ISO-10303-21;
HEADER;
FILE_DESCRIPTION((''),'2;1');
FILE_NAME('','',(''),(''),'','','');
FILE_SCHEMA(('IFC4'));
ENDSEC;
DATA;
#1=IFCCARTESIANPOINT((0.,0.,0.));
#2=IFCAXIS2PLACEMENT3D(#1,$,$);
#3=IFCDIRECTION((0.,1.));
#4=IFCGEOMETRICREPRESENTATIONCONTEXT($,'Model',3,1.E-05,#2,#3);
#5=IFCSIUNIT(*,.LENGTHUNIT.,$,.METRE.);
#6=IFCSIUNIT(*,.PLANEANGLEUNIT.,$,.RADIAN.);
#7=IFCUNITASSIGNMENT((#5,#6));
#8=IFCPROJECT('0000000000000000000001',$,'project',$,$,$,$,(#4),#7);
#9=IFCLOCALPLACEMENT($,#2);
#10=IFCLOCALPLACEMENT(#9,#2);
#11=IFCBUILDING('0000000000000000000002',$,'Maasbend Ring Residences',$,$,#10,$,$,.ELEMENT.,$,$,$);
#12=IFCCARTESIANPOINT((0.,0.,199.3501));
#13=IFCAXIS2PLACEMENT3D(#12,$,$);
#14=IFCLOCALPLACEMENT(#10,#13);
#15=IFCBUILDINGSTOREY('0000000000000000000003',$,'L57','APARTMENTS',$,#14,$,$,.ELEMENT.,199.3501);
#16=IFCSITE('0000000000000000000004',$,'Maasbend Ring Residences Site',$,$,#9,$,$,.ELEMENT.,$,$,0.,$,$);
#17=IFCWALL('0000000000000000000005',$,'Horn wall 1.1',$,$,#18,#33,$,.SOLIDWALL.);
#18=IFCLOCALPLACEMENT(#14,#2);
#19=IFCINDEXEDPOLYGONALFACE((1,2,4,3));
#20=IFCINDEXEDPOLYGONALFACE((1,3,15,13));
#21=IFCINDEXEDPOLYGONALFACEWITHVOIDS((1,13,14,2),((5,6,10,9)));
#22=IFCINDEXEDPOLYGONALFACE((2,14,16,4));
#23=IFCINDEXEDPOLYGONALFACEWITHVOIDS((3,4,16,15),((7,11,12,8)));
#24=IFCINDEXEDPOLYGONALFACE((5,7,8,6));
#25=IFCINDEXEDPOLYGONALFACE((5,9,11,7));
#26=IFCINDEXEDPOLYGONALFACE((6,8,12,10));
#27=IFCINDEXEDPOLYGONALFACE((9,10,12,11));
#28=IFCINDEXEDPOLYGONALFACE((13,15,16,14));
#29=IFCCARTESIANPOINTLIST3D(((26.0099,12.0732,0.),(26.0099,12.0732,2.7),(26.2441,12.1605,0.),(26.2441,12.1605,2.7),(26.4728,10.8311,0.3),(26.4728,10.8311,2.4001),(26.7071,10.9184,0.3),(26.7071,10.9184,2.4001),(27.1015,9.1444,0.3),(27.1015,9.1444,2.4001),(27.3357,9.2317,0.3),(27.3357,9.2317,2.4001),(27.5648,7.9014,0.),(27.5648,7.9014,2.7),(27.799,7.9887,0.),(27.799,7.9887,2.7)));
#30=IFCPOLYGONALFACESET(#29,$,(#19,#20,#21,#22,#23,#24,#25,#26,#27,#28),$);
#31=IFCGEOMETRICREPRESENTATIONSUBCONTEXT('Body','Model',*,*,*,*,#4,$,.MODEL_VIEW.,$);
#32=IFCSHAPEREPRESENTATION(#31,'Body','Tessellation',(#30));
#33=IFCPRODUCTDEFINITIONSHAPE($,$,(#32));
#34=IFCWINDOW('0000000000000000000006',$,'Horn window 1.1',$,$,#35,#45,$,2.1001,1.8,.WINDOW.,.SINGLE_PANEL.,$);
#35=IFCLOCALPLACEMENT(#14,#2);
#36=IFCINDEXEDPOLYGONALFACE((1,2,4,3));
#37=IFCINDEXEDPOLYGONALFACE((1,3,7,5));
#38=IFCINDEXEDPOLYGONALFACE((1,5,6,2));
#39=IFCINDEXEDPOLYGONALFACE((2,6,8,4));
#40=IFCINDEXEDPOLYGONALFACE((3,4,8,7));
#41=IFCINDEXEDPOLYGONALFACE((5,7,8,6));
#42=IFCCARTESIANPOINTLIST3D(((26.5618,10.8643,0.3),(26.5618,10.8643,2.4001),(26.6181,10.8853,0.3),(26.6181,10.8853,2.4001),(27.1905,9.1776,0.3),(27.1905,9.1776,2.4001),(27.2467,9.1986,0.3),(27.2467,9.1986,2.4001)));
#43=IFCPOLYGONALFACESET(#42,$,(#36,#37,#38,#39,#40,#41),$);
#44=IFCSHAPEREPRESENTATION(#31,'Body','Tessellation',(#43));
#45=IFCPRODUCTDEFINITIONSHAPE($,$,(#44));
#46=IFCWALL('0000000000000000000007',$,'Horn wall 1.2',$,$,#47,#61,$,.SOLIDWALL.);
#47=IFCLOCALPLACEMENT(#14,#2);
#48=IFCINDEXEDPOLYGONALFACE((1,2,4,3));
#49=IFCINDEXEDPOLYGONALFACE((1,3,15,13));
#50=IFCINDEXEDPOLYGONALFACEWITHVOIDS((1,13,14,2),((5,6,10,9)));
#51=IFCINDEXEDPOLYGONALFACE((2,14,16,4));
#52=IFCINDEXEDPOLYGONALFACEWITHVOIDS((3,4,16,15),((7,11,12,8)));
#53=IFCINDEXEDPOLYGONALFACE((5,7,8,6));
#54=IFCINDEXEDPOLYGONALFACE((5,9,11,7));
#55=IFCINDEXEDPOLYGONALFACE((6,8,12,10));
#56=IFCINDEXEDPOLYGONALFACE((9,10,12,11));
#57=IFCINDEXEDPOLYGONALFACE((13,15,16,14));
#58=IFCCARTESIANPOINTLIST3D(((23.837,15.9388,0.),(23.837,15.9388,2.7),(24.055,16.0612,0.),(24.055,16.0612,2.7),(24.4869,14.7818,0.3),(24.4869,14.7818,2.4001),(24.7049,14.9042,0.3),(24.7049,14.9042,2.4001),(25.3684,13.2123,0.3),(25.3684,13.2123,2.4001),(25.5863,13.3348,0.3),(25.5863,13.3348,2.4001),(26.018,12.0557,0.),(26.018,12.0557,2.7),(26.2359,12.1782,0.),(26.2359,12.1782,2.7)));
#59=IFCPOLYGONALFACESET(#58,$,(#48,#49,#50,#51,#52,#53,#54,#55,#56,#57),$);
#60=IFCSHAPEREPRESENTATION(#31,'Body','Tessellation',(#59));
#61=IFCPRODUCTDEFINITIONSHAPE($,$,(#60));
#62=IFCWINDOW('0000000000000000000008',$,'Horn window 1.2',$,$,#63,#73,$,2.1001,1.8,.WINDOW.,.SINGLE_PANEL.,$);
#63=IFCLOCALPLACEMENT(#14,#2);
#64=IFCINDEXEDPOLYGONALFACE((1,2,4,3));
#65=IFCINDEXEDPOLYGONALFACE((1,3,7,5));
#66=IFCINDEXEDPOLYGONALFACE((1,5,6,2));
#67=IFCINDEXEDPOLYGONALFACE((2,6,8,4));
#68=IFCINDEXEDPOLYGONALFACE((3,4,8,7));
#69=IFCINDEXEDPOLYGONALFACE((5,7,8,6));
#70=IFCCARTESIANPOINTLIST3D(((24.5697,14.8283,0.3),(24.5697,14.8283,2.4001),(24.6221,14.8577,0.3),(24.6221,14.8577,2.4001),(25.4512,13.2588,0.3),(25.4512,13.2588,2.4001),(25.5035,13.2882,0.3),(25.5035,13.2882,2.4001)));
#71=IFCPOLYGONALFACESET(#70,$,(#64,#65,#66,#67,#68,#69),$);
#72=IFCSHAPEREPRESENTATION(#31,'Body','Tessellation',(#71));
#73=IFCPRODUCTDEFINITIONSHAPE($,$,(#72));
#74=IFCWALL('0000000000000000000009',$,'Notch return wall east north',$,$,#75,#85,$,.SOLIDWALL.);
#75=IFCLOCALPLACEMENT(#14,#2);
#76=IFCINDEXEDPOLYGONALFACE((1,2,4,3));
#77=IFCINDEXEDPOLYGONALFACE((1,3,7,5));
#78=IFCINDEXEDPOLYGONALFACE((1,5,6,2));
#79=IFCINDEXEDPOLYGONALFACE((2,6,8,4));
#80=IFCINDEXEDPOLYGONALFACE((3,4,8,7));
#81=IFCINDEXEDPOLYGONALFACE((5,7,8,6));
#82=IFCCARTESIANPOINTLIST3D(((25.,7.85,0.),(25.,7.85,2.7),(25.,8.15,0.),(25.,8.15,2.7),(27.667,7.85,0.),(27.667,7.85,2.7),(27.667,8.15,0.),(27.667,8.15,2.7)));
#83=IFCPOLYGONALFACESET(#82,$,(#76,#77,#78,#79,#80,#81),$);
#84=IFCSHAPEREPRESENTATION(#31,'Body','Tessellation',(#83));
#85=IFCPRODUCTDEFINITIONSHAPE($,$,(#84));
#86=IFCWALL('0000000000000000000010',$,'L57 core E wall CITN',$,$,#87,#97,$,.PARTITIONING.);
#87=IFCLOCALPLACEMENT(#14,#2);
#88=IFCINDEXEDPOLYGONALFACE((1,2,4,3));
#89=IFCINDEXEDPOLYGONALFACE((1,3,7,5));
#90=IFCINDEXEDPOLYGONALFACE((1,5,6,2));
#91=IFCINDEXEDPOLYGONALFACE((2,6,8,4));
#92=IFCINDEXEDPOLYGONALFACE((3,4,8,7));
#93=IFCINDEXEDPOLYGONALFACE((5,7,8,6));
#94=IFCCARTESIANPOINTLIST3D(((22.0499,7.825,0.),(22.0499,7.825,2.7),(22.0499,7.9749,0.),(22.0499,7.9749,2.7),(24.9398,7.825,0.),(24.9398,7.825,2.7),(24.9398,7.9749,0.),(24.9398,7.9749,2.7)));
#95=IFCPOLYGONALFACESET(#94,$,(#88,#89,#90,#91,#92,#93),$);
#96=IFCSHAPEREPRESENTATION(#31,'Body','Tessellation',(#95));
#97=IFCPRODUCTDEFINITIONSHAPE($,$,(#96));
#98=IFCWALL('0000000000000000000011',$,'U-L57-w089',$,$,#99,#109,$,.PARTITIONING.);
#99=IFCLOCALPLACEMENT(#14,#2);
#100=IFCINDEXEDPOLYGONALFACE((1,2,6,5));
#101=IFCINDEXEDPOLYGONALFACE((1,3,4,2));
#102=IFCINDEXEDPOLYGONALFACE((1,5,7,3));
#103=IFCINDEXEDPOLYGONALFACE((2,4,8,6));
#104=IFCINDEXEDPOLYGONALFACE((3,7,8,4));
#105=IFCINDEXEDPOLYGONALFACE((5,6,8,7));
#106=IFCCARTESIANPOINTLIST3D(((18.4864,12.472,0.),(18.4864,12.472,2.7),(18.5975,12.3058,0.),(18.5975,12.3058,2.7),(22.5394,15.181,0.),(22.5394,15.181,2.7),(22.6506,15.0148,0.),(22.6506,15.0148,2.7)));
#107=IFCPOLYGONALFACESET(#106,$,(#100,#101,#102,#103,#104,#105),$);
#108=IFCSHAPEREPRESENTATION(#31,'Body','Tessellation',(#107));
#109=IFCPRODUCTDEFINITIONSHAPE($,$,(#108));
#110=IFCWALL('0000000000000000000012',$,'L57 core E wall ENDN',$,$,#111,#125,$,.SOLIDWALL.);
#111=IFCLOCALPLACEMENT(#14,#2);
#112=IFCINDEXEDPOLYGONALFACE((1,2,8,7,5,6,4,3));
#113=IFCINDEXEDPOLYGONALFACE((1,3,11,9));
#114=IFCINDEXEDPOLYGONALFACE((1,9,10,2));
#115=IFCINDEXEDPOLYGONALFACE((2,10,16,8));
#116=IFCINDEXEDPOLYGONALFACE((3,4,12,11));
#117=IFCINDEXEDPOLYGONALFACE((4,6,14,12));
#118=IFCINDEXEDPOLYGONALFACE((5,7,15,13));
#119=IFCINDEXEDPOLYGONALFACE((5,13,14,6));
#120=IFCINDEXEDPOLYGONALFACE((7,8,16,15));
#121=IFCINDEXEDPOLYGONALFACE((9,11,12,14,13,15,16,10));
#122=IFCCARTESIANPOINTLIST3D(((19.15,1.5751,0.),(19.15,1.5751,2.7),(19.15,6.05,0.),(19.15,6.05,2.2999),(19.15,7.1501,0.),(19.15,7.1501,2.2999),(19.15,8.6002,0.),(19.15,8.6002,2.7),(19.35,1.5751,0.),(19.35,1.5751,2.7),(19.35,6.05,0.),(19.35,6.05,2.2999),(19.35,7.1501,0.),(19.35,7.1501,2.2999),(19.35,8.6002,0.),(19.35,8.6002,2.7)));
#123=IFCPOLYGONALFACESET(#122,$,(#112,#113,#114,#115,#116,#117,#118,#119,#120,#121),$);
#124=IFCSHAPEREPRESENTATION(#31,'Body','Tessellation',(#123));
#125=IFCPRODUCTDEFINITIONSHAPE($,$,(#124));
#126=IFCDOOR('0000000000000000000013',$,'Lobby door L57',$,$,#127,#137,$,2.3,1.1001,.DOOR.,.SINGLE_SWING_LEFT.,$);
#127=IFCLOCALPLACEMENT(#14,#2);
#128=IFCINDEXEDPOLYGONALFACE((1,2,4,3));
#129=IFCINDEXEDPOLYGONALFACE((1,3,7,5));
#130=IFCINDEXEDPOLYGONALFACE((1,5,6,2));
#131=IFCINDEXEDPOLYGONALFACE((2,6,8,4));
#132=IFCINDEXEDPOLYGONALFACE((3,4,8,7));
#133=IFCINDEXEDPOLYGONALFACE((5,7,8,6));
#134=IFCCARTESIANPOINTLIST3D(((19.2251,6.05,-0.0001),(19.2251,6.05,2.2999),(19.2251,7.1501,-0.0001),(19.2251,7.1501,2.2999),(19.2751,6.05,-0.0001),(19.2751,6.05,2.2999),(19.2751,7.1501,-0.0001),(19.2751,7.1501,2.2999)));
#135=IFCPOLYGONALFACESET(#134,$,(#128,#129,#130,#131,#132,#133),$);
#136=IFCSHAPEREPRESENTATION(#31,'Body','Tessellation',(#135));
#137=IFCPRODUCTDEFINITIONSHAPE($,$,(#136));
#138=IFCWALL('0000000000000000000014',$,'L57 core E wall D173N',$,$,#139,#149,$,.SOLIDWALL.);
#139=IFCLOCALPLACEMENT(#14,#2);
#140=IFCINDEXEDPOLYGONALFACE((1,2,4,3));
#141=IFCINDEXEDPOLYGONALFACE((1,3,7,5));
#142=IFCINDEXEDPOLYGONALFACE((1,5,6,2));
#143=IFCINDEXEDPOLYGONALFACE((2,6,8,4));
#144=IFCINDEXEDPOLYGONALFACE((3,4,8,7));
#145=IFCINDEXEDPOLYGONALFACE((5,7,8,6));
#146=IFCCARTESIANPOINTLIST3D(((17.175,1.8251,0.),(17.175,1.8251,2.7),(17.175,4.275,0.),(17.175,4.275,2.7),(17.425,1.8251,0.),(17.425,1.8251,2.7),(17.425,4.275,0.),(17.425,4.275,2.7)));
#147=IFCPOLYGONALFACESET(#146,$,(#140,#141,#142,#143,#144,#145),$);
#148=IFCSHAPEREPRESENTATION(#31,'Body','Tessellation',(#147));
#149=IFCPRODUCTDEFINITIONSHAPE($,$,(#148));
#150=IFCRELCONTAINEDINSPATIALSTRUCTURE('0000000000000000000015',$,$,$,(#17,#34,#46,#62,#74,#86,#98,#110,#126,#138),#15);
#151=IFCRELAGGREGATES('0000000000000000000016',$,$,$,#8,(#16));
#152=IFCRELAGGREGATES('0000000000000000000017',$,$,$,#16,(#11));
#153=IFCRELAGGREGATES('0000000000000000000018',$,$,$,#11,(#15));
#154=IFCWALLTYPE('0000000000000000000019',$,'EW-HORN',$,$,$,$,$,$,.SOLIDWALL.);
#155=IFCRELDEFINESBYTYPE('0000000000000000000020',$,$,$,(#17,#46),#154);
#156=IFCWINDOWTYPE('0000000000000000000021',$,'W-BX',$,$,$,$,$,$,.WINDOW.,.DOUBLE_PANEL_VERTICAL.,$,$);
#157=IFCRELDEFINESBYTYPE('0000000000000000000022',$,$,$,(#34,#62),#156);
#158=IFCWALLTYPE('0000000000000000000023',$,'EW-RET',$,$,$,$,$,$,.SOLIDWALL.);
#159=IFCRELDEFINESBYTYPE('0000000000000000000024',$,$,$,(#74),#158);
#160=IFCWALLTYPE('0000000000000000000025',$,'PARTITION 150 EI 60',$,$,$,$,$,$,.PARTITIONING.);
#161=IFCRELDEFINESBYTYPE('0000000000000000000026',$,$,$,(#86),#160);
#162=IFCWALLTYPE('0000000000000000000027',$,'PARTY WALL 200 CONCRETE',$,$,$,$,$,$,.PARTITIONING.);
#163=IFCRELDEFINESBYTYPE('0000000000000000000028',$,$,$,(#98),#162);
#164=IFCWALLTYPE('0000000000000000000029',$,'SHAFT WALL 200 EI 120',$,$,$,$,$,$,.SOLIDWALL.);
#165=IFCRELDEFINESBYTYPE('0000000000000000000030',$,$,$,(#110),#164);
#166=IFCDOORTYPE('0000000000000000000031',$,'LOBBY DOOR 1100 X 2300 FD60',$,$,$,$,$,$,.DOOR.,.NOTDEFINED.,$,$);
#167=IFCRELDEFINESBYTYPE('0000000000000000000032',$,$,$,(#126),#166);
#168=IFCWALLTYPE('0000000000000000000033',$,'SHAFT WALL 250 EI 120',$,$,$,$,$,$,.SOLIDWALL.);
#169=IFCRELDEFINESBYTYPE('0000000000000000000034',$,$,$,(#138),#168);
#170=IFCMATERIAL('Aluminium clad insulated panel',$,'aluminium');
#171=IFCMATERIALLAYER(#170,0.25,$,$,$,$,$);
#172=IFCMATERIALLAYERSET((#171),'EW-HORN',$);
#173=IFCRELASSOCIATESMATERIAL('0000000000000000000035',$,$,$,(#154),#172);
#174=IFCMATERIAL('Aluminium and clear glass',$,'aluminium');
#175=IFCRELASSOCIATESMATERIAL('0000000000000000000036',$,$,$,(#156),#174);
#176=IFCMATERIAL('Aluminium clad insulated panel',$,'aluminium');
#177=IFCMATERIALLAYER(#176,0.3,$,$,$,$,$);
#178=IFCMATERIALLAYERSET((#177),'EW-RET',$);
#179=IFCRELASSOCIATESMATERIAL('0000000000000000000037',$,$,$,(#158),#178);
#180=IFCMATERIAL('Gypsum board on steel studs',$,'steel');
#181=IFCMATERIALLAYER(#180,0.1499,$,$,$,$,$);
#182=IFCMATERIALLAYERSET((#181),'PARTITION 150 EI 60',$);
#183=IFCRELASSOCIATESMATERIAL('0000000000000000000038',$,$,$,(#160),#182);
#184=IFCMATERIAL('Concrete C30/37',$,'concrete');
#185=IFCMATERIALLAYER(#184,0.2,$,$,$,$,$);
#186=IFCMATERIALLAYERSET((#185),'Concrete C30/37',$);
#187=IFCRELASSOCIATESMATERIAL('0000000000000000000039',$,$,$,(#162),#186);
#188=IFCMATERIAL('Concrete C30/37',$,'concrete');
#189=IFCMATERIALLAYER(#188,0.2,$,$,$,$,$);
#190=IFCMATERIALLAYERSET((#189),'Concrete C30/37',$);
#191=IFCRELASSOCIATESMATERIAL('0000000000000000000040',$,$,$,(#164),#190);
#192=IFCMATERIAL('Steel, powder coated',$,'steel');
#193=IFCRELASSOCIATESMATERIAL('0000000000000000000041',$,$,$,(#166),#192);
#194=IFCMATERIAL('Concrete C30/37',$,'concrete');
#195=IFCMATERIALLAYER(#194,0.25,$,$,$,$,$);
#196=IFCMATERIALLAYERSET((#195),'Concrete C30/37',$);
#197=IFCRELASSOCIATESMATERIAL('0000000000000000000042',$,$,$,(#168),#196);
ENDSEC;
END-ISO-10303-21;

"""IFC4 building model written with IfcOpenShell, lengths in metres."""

from ifc_helpers import new_model, si_unit, direction, frame, frame_2d, origin, place, context, subcontext, project, spatial, rectangle, extrude, material, layer, layer_set, type_object, element, fill, save


model = new_model("IFC4")

# Units and contexts
model_context = context("Model", 3, precision=1e-05, world=origin(), true_north=direction((0.0, 1.0)))
body_context = subcontext(model_context, "Body", "Model", "MODEL_VIEW")
ifc_project = project(units=[si_unit("LENGTHUNIT", "METRE"), si_unit("PLANEANGLEUNIT", "RADIAN")], contexts=[model_context])

# Site, building, storey
site_placement = place(None, origin())
site = spatial("IfcSite", under=ifc_project, at=site_placement, Name="Maasbend Ring Residences Site", CompositionType="ELEMENT", RefElevation=0.0)
building_placement = place(site_placement, origin())
building = spatial("IfcBuilding", under=site, at=building_placement, Name="Maasbend Ring Residences", CompositionType="ELEMENT")
storey_placement = place(building_placement, frame((0.0, 0.0, 199.3501)))
storey = spatial("IfcBuildingStorey", under=building, at=storey_placement, Name="L57", Description="APARTMENTS", CompositionType="ELEMENT", Elevation=199.3501)

# Walls, openings, windows
ifc_material_1 = material(Name="Aluminium clad insulated panel", Category="aluminium")
ifc_layer_1 = layer(ifc_material_1, 0.25)
ifc_layer_set_1 = layer_set([ifc_layer_1], Name="EW-HORN")
wall_type_1 = type_object("IfcWallType", Name="EW-HORN", PredefinedType="SOLIDWALL", material=ifc_layer_set_1)
wall_1_placement = place(storey_placement, frame((27.6819, 7.9451, 0.0), z_axis=(0.0, 0.0, 1.0), x_axis=(-0.349248, 0.93703, 0.0)))
wall_1 = element("IfcWall", 1, at=wall_1_placement, inside=storey, type_object=wall_type_1, Name="Horn wall 1.1", PredefinedType="SOLIDWALL", context=body_context, shape_type="SweptSolid", body=[
    extrude(rectangle(XDim=4.4521, YDim=0.25, at=frame_2d((2.2261, 0.0))), origin(), (0.0, 0.0, 1.0), 2.7),
])
opening_1_placement = place(wall_1_placement, frame((1.3267, 0.0, 0.3)))
opening_1 = element("IfcOpeningElement", 2, at=opening_1_placement, cuts=wall_1, PredefinedType="OPENING", context=body_context, shape_type="SweptSolid", body=[
    extrude(rectangle(XDim=1.8, YDim=2.1001, at=frame_2d((0.8999, 1.05))), frame((0.0, 0.135, 0.0), z_axis=(0.0, -1.0, 0.0), x_axis=(1.0, 0.0, 0.0)), (0.0, 0.0, 1.0), 0.27),
])
ifc_material_2 = material(Name="Aluminium and clear glass", Category="aluminium")
window_type = type_object("IfcWindowType", Name="W-BX", PartitioningType="DOUBLE_PANEL_VERTICAL", PredefinedType="WINDOW", material=ifc_material_2)
window_1_placement = place(opening_1_placement, origin())
window_1 = element("IfcWindow", 3, at=window_1_placement, inside=storey, type_object=window_type, Name="Horn window 1.1", OverallHeight=2.1001, OverallWidth=1.8, PartitioningType="SINGLE_PANEL", PredefinedType="WINDOW", context=body_context, shape_type="SweptSolid", body=[
    extrude(rectangle(XDim=1.8, YDim=2.1001, at=frame_2d((0.8999, 1.05))), frame((0.0, 0.03, 0.0), z_axis=(0.0, -1.0, 0.0), x_axis=(1.0, 0.0, 0.0)), (0.0, 0.0, 1.0), 0.0601),
])
fill(opening_1, window_1)
wall_2_placement = place(storey_placement, frame((26.127, 12.1169, 0.0), z_axis=(0.0, 0.0, 1.0), x_axis=(-0.489696, 0.871893, 0.0)))
wall_2 = element("IfcWall", 4, at=wall_2_placement, inside=storey, type_object=wall_type_1, Name="Horn wall 1.2", PredefinedType="SOLIDWALL", context=body_context, shape_type="SweptSolid", body=[
    extrude(rectangle(XDim=4.4536, YDim=0.25, at=frame_2d((2.2268, 0.0))), origin(), (0.0, 0.0, 1.0), 2.7),
])
opening_2_placement = place(wall_2_placement, frame((1.3267, 0.0, 0.3)))
opening_2 = element("IfcOpeningElement", 5, at=opening_2_placement, cuts=wall_2, PredefinedType="OPENING", context=body_context, shape_type="SweptSolid", body=[
    extrude(rectangle(XDim=1.8, YDim=2.1001, at=frame_2d((0.8999, 1.05))), frame((0.0, 0.135, 0.0), z_axis=(0.0, -1.0, 0.0), x_axis=(1.0, 0.0, 0.0)), (0.0, 0.0, 1.0), 0.27),
])
window_2_placement = place(opening_2_placement, origin())
window_2 = element("IfcWindow", 6, at=window_2_placement, inside=storey, type_object=window_type, Name="Horn window 1.2", OverallHeight=2.1001, OverallWidth=1.8, PartitioningType="SINGLE_PANEL", PredefinedType="WINDOW", context=body_context, shape_type="SweptSolid", body=[
    extrude(rectangle(XDim=1.8, YDim=2.1001, at=frame_2d((0.8999, 1.05))), frame((0.0, 0.03, 0.0), z_axis=(0.0, -1.0, 0.0), x_axis=(1.0, 0.0, 0.0)), (0.0, 0.0, 1.0), 0.0601),
])
fill(opening_2, window_2)

# Walls
ifc_material_3 = material(Name="Aluminium clad insulated panel", Category="aluminium")
ifc_layer_2 = layer(ifc_material_3, 0.3)
ifc_layer_set_2 = layer_set([ifc_layer_2], Name="EW-RET")
wall_type_2 = type_object("IfcWallType", Name="EW-RET", PredefinedType="SOLIDWALL", material=ifc_layer_set_2)
wall_3_placement = place(storey_placement, frame((25.0, 8.0, 0.0), z_axis=(0.0, 0.0, 1.0), x_axis=(1.0, 0.0, 0.0)))
element("IfcWall", 7, at=wall_3_placement, inside=storey, type_object=wall_type_2, Name="Notch return wall east north", PredefinedType="SOLIDWALL", context=body_context, shape_type="SweptSolid", body=[
    extrude(rectangle(XDim=2.667, YDim=0.3, at=frame_2d((1.3335, 0.0))), origin(), (0.0, 0.0, 1.0), 2.7),
])
ifc_material_4 = material(Name="Gypsum board on steel studs", Category="steel")
ifc_layer_3 = layer(ifc_material_4, 0.1499)
ifc_layer_set_3 = layer_set([ifc_layer_3], Name="PARTITION 150 EI 60")
wall_type_3 = type_object("IfcWallType", Name="PARTITION 150 EI 60", PredefinedType="PARTITIONING", material=ifc_layer_set_3)
wall_4_placement = place(storey_placement, frame((22.05, 7.8999, 0.0), z_axis=(0.0, 0.0, 1.0), x_axis=(1.0, 0.0, 0.0)))
element("IfcWall", 8, at=wall_4_placement, inside=storey, type_object=wall_type_3, Name="L57 core E wall CITN", PredefinedType="PARTITIONING", context=body_context, shape_type="SweptSolid", body=[
    extrude(rectangle(XDim=2.8899, YDim=0.1499, at=frame_2d((1.4448, 0.0))), origin(), (0.0, 0.0, 1.0), 2.7),
])
ifc_material_5 = material(Name="Concrete C30/37", Category="concrete")
ifc_layer_4 = layer(ifc_material_5, 0.2)
ifc_layer_set_4 = layer_set([ifc_layer_4], Name="Concrete C30/37")
wall_type_4 = type_object("IfcWallType", Name="PARTY WALL 200 CONCRETE", PredefinedType="PARTITIONING", material=ifc_layer_set_4)
wall_5_placement = place(storey_placement, frame((18.542, 12.3889, 0.0), z_axis=(0.0, 0.0, 1.0), x_axis=(0.831387, 0.555694, 0.0)))
element("IfcWall", 9, at=wall_5_placement, inside=storey, type_object=wall_type_4, Name="U-L57-w089", PredefinedType="PARTITIONING", context=body_context, shape_type="SweptSolid", body=[
    extrude(rectangle(XDim=4.875, YDim=0.2, at=frame_2d((2.4375, 0.0))), origin(), (0.0, 0.0, 1.0), 2.7),
])

# Wall, opening, door
ifc_material_6 = material(Name="Concrete C30/37", Category="concrete")
ifc_layer_5 = layer(ifc_material_6, 0.2)
ifc_layer_set_5 = layer_set([ifc_layer_5], Name="Concrete C30/37")
wall_type_5 = type_object("IfcWallType", Name="SHAFT WALL 200 EI 120", PredefinedType="SOLIDWALL", material=ifc_layer_set_5)
wall_6_placement = place(storey_placement, frame((19.25, 1.575, 0.0), z_axis=(0.0, 0.0, 1.0), x_axis=(0.0, 1.0, 0.0)))
wall_6 = element("IfcWall", 10, at=wall_6_placement, inside=storey, type_object=wall_type_5, Name="L57 core E wall ENDN", PredefinedType="SOLIDWALL", context=body_context, shape_type="SweptSolid", body=[
    extrude(rectangle(XDim=7.0251, YDim=0.2, at=frame_2d((3.5127, 0.0))), origin(), (0.0, 0.0, 1.0), 2.7),
])
opening_3_placement = place(wall_6_placement, frame((4.4751, 0.0, 0.0)))
opening_3 = element("IfcOpeningElement", 11, at=opening_3_placement, cuts=wall_6, PredefinedType="OPENING", context=body_context, shape_type="SweptSolid", body=[
    extrude(rectangle(XDim=1.1001, YDim=2.3, at=frame_2d((0.55, 1.1499))), frame((0.0, 0.1099, 0.0), z_axis=(0.0, -1.0, 0.0), x_axis=(1.0, 0.0, 0.0)), (0.0, 0.0, 1.0), 0.22),
])
ifc_material_7 = material(Name="Steel, powder coated", Category="steel")
door_type_1 = type_object("IfcDoorType", Name="LOBBY DOOR 1100 X 2300 FD60", OperationType="NOTDEFINED", PredefinedType="DOOR", material=ifc_material_7)
door_1_placement = place(opening_3_placement, origin())
door_1 = element("IfcDoor", 12, at=door_1_placement, inside=storey, type_object=door_type_1, Name="Lobby door L57", OperationType="SINGLE_SWING_LEFT", OverallHeight=2.3, OverallWidth=1.1001, PredefinedType="DOOR", context=body_context, shape_type="SweptSolid", body=[
    extrude(rectangle(XDim=1.1001, YDim=2.3, at=frame_2d((0.55, 1.1499))), frame((0.0, 0.0249, 0.0), z_axis=(0.0, -1.0, 0.0), x_axis=(1.0, 0.0, 0.0)), (0.0, 0.0, 1.0), 0.05),
])
fill(opening_3, door_1)

# Wall
ifc_material_8 = material(Name="Concrete C30/37", Category="concrete")
ifc_layer_6 = layer(ifc_material_8, 0.25)
ifc_layer_set_6 = layer_set([ifc_layer_6], Name="Concrete C30/37")
wall_type_6 = type_object("IfcWallType", Name="SHAFT WALL 250 EI 120", PredefinedType="SOLIDWALL", material=ifc_layer_set_6)
wall_7_placement = place(storey_placement, frame((17.3, 1.825, 0.0), z_axis=(0.0, 0.0, 1.0), x_axis=(0.0, 1.0, 0.0)))
element("IfcWall", 13, at=wall_7_placement, inside=storey, type_object=wall_type_6, Name="L57 core E wall D173N", PredefinedType="SOLIDWALL", context=body_context, shape_type="SweptSolid", body=[
    extrude(rectangle(XDim=2.45, YDim=0.25, at=frame_2d((1.2251, 0.0))), origin(), (0.0, 0.0, 1.0), 2.7),
])

save(model, "model.ifc")
